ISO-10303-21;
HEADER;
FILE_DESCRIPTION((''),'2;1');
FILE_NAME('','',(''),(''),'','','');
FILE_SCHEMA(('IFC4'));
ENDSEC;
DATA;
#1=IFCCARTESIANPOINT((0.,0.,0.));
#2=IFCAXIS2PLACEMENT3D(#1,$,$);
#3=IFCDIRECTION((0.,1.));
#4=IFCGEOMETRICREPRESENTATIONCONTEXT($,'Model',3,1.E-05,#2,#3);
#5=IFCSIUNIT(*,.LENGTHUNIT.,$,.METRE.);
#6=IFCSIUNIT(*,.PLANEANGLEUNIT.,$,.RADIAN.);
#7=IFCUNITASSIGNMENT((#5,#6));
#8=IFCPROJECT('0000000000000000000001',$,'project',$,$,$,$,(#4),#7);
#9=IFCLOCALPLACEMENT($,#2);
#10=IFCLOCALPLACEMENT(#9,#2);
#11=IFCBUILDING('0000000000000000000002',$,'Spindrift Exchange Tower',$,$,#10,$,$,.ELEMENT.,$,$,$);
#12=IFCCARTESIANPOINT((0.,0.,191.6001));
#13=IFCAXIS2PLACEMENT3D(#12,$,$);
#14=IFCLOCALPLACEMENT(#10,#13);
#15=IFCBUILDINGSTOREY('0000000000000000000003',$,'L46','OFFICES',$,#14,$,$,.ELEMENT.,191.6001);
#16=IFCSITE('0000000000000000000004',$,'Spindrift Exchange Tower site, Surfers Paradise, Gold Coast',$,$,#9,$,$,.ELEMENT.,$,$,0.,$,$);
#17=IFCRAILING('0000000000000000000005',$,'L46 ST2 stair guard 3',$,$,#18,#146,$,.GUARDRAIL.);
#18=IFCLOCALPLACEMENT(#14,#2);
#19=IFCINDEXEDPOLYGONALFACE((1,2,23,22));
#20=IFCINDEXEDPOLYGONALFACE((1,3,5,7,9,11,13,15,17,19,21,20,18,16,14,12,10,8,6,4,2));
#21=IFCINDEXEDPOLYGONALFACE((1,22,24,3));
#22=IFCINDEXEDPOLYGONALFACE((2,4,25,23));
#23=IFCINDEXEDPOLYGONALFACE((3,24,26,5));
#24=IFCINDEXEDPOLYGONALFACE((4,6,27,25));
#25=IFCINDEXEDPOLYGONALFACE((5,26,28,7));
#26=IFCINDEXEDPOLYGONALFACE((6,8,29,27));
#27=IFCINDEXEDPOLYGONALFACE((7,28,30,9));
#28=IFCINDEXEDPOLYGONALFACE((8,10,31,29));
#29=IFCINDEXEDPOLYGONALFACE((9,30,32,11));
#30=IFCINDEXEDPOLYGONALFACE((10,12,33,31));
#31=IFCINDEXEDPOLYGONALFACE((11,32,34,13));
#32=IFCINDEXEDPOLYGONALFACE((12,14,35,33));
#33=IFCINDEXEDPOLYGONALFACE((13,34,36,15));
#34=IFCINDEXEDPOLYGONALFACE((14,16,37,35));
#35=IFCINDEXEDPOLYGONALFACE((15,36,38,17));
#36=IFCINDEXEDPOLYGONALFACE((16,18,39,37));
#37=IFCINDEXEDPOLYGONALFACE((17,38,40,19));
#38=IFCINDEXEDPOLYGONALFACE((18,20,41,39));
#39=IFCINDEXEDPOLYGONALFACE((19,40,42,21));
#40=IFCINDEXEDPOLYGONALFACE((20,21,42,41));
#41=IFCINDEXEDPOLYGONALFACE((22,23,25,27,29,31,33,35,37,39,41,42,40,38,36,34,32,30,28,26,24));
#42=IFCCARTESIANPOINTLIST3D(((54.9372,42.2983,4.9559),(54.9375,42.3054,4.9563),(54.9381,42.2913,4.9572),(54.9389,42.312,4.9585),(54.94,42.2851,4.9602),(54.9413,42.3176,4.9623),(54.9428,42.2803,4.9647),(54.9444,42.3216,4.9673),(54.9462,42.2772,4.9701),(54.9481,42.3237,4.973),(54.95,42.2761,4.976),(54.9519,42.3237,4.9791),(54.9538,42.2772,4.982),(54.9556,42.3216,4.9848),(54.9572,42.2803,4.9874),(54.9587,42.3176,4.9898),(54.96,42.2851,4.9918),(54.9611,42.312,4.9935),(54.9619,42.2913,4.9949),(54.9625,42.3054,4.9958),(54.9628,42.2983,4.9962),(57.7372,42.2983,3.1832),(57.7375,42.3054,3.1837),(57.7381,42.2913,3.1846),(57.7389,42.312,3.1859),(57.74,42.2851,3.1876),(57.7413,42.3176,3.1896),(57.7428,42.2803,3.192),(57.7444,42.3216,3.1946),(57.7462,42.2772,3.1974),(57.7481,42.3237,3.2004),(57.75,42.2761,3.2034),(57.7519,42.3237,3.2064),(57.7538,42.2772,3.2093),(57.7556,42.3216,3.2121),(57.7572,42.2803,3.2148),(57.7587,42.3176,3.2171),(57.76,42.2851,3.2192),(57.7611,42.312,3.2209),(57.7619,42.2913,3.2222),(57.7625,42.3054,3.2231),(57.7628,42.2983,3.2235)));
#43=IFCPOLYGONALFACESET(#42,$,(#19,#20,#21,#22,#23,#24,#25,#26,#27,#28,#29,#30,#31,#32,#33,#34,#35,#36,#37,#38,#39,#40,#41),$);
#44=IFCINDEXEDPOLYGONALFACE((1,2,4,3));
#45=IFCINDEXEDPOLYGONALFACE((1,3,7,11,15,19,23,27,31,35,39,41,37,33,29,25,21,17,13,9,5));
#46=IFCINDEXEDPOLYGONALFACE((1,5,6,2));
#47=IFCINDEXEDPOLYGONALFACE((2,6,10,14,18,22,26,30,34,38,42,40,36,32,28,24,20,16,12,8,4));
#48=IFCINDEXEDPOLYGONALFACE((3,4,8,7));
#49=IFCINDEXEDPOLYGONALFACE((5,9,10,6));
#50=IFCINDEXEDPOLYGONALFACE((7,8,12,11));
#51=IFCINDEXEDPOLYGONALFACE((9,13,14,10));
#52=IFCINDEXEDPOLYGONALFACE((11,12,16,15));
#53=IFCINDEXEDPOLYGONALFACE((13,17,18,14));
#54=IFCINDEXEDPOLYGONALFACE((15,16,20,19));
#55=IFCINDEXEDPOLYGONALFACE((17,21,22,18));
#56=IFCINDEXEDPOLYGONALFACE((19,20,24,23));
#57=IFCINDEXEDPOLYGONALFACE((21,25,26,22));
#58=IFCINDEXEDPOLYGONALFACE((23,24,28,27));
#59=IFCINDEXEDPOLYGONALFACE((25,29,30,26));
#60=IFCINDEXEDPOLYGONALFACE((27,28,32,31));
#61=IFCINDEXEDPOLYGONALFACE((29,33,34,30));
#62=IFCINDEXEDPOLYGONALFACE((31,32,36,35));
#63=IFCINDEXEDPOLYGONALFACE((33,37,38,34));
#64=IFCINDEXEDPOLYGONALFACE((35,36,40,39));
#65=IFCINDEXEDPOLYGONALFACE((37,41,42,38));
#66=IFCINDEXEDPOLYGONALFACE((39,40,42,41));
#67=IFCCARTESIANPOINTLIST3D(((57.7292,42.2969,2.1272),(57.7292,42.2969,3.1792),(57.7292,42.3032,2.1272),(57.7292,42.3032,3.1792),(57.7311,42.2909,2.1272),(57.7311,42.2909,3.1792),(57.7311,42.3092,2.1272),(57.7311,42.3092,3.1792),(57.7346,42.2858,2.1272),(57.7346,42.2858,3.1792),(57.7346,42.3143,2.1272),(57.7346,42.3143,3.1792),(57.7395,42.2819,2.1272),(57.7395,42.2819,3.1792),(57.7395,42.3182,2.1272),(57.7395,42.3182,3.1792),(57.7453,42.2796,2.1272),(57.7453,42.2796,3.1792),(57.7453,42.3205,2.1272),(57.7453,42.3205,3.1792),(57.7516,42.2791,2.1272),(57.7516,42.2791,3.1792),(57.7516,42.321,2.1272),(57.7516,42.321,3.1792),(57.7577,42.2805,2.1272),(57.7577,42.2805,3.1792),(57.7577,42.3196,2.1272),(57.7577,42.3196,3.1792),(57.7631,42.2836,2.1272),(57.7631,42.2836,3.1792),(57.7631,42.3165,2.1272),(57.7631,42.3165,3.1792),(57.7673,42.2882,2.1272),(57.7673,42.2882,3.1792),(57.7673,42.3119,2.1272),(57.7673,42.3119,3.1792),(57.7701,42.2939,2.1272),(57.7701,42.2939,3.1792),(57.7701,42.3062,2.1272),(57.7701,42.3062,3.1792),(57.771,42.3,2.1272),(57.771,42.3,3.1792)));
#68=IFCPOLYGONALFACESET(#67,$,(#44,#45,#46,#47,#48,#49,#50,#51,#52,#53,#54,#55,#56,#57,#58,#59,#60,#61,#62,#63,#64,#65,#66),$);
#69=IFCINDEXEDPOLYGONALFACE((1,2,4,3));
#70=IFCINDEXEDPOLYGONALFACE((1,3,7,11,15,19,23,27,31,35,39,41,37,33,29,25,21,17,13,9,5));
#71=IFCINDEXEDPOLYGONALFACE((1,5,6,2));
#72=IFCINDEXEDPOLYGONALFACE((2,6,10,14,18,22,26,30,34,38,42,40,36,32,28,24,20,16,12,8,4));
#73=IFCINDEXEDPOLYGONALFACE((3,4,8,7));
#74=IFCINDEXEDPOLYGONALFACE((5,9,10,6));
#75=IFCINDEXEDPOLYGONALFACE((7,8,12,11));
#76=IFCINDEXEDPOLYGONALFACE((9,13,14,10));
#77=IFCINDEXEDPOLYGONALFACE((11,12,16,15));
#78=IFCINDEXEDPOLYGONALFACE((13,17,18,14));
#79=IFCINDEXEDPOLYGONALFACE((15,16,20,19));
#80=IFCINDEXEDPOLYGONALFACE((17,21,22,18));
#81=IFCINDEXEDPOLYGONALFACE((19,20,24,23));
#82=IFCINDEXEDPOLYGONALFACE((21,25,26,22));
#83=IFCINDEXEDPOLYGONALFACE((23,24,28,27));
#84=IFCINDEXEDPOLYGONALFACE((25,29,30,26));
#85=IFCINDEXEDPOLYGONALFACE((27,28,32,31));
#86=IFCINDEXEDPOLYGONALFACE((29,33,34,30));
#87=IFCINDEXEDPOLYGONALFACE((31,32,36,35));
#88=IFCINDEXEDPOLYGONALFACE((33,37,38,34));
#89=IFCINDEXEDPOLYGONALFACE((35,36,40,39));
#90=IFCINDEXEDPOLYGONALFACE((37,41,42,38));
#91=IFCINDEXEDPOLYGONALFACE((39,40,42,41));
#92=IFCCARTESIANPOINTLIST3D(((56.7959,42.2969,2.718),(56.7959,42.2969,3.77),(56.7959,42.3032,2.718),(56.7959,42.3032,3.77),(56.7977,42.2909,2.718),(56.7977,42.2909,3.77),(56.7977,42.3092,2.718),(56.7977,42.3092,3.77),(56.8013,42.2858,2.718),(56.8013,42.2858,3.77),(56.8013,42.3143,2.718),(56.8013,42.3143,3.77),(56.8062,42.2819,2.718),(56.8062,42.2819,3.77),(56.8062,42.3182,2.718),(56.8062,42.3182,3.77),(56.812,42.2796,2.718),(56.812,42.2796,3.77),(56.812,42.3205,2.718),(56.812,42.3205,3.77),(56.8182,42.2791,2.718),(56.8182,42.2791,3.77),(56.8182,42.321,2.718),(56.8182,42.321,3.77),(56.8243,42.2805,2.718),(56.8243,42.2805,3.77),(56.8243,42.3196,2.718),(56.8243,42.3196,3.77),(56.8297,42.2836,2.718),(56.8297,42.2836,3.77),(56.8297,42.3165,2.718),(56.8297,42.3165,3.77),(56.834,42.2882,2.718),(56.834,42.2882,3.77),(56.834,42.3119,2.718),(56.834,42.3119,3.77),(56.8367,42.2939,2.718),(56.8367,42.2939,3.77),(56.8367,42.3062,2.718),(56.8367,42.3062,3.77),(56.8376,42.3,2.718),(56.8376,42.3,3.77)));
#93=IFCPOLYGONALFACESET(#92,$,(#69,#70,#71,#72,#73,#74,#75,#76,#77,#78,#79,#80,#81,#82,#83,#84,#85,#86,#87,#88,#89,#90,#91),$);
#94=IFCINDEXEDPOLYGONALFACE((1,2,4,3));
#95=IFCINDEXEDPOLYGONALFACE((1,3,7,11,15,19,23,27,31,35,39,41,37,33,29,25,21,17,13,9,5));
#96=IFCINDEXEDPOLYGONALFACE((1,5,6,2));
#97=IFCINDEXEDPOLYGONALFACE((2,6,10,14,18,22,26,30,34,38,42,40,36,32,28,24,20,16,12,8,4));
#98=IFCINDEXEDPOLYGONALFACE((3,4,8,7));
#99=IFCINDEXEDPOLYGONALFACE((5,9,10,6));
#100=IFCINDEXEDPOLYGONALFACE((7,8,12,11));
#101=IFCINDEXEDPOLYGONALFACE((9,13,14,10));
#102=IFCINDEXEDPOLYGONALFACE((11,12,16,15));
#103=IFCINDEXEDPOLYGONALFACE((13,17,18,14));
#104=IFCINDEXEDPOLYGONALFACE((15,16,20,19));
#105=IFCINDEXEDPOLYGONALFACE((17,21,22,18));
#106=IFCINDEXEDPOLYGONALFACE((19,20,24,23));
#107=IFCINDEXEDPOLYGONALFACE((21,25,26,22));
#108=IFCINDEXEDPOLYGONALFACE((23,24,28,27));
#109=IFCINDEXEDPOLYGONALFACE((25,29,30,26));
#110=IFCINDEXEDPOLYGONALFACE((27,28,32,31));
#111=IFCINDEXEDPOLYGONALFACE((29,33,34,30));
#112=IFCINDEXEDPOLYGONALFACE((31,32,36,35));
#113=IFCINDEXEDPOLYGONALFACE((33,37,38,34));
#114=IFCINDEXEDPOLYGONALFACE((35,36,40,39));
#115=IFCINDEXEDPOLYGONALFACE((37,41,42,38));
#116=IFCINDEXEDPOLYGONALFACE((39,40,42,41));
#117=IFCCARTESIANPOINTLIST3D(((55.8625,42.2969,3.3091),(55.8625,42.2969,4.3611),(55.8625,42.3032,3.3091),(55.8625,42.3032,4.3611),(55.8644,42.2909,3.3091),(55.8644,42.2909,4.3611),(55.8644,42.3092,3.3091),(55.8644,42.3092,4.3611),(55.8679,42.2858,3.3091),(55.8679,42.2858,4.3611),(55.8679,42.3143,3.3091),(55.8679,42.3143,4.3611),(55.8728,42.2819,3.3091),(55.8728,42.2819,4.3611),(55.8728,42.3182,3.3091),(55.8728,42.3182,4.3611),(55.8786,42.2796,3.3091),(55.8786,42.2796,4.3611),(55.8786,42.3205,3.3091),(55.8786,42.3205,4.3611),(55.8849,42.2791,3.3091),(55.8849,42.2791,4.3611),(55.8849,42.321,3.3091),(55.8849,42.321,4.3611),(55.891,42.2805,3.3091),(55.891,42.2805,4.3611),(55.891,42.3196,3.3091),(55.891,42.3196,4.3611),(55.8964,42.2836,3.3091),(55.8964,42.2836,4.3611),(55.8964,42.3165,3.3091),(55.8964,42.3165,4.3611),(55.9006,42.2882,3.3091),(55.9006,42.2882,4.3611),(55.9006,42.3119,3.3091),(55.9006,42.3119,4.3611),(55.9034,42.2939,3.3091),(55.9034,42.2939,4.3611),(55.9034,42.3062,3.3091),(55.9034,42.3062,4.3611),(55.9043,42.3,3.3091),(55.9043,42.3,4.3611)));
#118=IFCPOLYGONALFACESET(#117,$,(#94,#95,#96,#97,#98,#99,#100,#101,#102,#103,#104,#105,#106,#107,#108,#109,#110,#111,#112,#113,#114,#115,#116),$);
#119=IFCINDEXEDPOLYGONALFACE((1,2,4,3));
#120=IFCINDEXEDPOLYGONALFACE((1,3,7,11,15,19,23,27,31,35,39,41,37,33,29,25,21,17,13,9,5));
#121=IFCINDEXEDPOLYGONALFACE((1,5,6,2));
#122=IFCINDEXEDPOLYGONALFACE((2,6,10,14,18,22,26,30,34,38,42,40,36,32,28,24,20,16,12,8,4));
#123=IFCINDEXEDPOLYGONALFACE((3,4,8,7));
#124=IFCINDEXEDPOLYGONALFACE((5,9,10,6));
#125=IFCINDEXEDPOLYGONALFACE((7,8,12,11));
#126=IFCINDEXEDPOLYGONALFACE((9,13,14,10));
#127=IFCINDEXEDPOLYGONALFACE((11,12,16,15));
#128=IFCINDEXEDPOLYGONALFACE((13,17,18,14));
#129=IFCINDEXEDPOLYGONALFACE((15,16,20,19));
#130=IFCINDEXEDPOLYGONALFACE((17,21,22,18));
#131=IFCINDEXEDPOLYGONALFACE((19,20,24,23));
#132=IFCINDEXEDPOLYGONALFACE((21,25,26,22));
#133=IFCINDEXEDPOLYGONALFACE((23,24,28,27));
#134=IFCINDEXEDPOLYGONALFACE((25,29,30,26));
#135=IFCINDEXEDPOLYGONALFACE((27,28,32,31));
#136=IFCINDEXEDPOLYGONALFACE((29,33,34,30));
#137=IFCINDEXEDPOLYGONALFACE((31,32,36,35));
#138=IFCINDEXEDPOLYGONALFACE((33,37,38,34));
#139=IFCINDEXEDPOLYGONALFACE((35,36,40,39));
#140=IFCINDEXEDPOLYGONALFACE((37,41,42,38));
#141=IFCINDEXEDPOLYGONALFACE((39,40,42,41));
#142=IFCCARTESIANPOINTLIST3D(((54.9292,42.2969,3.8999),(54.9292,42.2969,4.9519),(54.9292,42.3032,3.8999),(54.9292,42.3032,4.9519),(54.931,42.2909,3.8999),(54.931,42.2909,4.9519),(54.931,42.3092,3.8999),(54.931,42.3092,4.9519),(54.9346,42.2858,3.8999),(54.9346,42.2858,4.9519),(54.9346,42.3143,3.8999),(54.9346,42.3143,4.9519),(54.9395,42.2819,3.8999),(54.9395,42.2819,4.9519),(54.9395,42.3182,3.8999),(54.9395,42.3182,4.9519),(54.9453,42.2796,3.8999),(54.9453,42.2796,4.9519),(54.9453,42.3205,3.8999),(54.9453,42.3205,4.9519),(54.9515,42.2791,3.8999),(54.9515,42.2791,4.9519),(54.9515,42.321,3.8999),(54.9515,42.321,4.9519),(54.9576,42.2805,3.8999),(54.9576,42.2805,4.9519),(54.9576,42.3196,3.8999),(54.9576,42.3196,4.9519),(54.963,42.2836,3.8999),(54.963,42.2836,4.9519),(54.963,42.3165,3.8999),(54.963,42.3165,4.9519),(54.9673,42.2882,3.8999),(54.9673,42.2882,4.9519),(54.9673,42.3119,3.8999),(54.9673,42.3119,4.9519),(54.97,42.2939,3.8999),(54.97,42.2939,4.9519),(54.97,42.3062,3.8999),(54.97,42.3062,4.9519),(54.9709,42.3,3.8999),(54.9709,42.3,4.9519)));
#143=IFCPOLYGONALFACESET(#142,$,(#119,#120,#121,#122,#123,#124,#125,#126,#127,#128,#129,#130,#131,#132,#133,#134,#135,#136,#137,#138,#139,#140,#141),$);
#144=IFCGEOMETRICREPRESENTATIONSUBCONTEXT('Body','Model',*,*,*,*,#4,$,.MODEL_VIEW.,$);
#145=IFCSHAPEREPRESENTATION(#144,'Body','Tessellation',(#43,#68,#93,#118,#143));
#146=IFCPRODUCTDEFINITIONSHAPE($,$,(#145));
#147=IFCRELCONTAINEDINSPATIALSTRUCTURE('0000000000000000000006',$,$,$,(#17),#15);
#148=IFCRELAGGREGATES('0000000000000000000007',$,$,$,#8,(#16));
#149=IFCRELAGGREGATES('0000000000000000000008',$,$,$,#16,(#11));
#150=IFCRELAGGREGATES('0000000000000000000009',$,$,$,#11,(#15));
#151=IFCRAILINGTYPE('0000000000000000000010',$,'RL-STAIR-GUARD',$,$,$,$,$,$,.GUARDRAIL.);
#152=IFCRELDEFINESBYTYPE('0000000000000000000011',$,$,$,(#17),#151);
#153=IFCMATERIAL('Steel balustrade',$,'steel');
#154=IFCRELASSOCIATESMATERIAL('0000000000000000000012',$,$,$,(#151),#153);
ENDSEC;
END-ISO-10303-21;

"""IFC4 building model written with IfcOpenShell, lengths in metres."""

from ifc_helpers import new_model, si_unit, direction, frame, origin, origin_2d, place, context, subcontext, project, spatial, circle, extrude, material, type_object, element, save


model = new_model("IFC4")

# Units and contexts
model_context = context("Model", 3, precision=1e-05, world=origin(), true_north=direction((0.0, 1.0)))
body_context = subcontext(model_context, "Body", "Model", "MODEL_VIEW")
ifc_project = project(units=[si_unit("LENGTHUNIT", "METRE"), si_unit("PLANEANGLEUNIT", "RADIAN")], contexts=[model_context])

# Site, building, storey
site_placement = place(None, origin())
site = spatial("IfcSite", under=ifc_project, at=site_placement, Name="Spindrift Exchange Tower site, Surfers Paradise, Gold Coast", CompositionType="ELEMENT", RefElevation=0.0)
building_placement = place(site_placement, origin())
building = spatial("IfcBuilding", under=site, at=building_placement, Name="Spindrift Exchange Tower", CompositionType="ELEMENT")
storey_placement = place(building_placement, frame((0.0, 0.0, 191.6001)))
storey = spatial("IfcBuildingStorey", under=building, at=storey_placement, Name="L46", Description="OFFICES", CompositionType="ELEMENT", Elevation=191.6001)

# Railing
ifc_material_1 = material(Name="Steel balustrade", Category="steel")
railing_type_1 = type_object("IfcRailingType", Name="RL-STAIR-GUARD", PredefinedType="GUARDRAIL", material=ifc_material_1)
railing_1_placement = place(storey_placement, frame((57.75, 42.3, 2.1272)))
element("IfcRailing", 1, at=railing_1_placement, inside=storey, type_object=railing_type_1, Name="L46 ST2 stair guard 3", PredefinedType="GUARDRAIL", context=body_context, shape_type="SweptSolid", body=[
    extrude(circle(Radius=0.0239, at=origin_2d()), frame((0.0, 0.0, 1.0762), z_axis=(-0.844909, 0.0, 0.53491), x_axis=(0.0, -1.0, 0.0)), (0.0, 0.0, 1.0), 3.314),
    extrude(circle(Radius=0.021, at=origin_2d()), origin(), (0.0, 0.0, 1.0), 1.052),
    extrude(circle(Radius=0.021, at=origin_2d()), frame((-0.9333, 0.0, 0.5908)), (0.0, 0.0, 1.0), 1.052),
    extrude(circle(Radius=0.021, at=origin_2d()), frame((-1.8667, 0.0, 1.1819)), (0.0, 0.0, 1.0), 1.052),
    extrude(circle(Radius=0.021, at=origin_2d()), frame((-2.8, 0.0, 1.7727)), (0.0, 0.0, 1.0), 1.052),
])

save(model, "model.ifc")
